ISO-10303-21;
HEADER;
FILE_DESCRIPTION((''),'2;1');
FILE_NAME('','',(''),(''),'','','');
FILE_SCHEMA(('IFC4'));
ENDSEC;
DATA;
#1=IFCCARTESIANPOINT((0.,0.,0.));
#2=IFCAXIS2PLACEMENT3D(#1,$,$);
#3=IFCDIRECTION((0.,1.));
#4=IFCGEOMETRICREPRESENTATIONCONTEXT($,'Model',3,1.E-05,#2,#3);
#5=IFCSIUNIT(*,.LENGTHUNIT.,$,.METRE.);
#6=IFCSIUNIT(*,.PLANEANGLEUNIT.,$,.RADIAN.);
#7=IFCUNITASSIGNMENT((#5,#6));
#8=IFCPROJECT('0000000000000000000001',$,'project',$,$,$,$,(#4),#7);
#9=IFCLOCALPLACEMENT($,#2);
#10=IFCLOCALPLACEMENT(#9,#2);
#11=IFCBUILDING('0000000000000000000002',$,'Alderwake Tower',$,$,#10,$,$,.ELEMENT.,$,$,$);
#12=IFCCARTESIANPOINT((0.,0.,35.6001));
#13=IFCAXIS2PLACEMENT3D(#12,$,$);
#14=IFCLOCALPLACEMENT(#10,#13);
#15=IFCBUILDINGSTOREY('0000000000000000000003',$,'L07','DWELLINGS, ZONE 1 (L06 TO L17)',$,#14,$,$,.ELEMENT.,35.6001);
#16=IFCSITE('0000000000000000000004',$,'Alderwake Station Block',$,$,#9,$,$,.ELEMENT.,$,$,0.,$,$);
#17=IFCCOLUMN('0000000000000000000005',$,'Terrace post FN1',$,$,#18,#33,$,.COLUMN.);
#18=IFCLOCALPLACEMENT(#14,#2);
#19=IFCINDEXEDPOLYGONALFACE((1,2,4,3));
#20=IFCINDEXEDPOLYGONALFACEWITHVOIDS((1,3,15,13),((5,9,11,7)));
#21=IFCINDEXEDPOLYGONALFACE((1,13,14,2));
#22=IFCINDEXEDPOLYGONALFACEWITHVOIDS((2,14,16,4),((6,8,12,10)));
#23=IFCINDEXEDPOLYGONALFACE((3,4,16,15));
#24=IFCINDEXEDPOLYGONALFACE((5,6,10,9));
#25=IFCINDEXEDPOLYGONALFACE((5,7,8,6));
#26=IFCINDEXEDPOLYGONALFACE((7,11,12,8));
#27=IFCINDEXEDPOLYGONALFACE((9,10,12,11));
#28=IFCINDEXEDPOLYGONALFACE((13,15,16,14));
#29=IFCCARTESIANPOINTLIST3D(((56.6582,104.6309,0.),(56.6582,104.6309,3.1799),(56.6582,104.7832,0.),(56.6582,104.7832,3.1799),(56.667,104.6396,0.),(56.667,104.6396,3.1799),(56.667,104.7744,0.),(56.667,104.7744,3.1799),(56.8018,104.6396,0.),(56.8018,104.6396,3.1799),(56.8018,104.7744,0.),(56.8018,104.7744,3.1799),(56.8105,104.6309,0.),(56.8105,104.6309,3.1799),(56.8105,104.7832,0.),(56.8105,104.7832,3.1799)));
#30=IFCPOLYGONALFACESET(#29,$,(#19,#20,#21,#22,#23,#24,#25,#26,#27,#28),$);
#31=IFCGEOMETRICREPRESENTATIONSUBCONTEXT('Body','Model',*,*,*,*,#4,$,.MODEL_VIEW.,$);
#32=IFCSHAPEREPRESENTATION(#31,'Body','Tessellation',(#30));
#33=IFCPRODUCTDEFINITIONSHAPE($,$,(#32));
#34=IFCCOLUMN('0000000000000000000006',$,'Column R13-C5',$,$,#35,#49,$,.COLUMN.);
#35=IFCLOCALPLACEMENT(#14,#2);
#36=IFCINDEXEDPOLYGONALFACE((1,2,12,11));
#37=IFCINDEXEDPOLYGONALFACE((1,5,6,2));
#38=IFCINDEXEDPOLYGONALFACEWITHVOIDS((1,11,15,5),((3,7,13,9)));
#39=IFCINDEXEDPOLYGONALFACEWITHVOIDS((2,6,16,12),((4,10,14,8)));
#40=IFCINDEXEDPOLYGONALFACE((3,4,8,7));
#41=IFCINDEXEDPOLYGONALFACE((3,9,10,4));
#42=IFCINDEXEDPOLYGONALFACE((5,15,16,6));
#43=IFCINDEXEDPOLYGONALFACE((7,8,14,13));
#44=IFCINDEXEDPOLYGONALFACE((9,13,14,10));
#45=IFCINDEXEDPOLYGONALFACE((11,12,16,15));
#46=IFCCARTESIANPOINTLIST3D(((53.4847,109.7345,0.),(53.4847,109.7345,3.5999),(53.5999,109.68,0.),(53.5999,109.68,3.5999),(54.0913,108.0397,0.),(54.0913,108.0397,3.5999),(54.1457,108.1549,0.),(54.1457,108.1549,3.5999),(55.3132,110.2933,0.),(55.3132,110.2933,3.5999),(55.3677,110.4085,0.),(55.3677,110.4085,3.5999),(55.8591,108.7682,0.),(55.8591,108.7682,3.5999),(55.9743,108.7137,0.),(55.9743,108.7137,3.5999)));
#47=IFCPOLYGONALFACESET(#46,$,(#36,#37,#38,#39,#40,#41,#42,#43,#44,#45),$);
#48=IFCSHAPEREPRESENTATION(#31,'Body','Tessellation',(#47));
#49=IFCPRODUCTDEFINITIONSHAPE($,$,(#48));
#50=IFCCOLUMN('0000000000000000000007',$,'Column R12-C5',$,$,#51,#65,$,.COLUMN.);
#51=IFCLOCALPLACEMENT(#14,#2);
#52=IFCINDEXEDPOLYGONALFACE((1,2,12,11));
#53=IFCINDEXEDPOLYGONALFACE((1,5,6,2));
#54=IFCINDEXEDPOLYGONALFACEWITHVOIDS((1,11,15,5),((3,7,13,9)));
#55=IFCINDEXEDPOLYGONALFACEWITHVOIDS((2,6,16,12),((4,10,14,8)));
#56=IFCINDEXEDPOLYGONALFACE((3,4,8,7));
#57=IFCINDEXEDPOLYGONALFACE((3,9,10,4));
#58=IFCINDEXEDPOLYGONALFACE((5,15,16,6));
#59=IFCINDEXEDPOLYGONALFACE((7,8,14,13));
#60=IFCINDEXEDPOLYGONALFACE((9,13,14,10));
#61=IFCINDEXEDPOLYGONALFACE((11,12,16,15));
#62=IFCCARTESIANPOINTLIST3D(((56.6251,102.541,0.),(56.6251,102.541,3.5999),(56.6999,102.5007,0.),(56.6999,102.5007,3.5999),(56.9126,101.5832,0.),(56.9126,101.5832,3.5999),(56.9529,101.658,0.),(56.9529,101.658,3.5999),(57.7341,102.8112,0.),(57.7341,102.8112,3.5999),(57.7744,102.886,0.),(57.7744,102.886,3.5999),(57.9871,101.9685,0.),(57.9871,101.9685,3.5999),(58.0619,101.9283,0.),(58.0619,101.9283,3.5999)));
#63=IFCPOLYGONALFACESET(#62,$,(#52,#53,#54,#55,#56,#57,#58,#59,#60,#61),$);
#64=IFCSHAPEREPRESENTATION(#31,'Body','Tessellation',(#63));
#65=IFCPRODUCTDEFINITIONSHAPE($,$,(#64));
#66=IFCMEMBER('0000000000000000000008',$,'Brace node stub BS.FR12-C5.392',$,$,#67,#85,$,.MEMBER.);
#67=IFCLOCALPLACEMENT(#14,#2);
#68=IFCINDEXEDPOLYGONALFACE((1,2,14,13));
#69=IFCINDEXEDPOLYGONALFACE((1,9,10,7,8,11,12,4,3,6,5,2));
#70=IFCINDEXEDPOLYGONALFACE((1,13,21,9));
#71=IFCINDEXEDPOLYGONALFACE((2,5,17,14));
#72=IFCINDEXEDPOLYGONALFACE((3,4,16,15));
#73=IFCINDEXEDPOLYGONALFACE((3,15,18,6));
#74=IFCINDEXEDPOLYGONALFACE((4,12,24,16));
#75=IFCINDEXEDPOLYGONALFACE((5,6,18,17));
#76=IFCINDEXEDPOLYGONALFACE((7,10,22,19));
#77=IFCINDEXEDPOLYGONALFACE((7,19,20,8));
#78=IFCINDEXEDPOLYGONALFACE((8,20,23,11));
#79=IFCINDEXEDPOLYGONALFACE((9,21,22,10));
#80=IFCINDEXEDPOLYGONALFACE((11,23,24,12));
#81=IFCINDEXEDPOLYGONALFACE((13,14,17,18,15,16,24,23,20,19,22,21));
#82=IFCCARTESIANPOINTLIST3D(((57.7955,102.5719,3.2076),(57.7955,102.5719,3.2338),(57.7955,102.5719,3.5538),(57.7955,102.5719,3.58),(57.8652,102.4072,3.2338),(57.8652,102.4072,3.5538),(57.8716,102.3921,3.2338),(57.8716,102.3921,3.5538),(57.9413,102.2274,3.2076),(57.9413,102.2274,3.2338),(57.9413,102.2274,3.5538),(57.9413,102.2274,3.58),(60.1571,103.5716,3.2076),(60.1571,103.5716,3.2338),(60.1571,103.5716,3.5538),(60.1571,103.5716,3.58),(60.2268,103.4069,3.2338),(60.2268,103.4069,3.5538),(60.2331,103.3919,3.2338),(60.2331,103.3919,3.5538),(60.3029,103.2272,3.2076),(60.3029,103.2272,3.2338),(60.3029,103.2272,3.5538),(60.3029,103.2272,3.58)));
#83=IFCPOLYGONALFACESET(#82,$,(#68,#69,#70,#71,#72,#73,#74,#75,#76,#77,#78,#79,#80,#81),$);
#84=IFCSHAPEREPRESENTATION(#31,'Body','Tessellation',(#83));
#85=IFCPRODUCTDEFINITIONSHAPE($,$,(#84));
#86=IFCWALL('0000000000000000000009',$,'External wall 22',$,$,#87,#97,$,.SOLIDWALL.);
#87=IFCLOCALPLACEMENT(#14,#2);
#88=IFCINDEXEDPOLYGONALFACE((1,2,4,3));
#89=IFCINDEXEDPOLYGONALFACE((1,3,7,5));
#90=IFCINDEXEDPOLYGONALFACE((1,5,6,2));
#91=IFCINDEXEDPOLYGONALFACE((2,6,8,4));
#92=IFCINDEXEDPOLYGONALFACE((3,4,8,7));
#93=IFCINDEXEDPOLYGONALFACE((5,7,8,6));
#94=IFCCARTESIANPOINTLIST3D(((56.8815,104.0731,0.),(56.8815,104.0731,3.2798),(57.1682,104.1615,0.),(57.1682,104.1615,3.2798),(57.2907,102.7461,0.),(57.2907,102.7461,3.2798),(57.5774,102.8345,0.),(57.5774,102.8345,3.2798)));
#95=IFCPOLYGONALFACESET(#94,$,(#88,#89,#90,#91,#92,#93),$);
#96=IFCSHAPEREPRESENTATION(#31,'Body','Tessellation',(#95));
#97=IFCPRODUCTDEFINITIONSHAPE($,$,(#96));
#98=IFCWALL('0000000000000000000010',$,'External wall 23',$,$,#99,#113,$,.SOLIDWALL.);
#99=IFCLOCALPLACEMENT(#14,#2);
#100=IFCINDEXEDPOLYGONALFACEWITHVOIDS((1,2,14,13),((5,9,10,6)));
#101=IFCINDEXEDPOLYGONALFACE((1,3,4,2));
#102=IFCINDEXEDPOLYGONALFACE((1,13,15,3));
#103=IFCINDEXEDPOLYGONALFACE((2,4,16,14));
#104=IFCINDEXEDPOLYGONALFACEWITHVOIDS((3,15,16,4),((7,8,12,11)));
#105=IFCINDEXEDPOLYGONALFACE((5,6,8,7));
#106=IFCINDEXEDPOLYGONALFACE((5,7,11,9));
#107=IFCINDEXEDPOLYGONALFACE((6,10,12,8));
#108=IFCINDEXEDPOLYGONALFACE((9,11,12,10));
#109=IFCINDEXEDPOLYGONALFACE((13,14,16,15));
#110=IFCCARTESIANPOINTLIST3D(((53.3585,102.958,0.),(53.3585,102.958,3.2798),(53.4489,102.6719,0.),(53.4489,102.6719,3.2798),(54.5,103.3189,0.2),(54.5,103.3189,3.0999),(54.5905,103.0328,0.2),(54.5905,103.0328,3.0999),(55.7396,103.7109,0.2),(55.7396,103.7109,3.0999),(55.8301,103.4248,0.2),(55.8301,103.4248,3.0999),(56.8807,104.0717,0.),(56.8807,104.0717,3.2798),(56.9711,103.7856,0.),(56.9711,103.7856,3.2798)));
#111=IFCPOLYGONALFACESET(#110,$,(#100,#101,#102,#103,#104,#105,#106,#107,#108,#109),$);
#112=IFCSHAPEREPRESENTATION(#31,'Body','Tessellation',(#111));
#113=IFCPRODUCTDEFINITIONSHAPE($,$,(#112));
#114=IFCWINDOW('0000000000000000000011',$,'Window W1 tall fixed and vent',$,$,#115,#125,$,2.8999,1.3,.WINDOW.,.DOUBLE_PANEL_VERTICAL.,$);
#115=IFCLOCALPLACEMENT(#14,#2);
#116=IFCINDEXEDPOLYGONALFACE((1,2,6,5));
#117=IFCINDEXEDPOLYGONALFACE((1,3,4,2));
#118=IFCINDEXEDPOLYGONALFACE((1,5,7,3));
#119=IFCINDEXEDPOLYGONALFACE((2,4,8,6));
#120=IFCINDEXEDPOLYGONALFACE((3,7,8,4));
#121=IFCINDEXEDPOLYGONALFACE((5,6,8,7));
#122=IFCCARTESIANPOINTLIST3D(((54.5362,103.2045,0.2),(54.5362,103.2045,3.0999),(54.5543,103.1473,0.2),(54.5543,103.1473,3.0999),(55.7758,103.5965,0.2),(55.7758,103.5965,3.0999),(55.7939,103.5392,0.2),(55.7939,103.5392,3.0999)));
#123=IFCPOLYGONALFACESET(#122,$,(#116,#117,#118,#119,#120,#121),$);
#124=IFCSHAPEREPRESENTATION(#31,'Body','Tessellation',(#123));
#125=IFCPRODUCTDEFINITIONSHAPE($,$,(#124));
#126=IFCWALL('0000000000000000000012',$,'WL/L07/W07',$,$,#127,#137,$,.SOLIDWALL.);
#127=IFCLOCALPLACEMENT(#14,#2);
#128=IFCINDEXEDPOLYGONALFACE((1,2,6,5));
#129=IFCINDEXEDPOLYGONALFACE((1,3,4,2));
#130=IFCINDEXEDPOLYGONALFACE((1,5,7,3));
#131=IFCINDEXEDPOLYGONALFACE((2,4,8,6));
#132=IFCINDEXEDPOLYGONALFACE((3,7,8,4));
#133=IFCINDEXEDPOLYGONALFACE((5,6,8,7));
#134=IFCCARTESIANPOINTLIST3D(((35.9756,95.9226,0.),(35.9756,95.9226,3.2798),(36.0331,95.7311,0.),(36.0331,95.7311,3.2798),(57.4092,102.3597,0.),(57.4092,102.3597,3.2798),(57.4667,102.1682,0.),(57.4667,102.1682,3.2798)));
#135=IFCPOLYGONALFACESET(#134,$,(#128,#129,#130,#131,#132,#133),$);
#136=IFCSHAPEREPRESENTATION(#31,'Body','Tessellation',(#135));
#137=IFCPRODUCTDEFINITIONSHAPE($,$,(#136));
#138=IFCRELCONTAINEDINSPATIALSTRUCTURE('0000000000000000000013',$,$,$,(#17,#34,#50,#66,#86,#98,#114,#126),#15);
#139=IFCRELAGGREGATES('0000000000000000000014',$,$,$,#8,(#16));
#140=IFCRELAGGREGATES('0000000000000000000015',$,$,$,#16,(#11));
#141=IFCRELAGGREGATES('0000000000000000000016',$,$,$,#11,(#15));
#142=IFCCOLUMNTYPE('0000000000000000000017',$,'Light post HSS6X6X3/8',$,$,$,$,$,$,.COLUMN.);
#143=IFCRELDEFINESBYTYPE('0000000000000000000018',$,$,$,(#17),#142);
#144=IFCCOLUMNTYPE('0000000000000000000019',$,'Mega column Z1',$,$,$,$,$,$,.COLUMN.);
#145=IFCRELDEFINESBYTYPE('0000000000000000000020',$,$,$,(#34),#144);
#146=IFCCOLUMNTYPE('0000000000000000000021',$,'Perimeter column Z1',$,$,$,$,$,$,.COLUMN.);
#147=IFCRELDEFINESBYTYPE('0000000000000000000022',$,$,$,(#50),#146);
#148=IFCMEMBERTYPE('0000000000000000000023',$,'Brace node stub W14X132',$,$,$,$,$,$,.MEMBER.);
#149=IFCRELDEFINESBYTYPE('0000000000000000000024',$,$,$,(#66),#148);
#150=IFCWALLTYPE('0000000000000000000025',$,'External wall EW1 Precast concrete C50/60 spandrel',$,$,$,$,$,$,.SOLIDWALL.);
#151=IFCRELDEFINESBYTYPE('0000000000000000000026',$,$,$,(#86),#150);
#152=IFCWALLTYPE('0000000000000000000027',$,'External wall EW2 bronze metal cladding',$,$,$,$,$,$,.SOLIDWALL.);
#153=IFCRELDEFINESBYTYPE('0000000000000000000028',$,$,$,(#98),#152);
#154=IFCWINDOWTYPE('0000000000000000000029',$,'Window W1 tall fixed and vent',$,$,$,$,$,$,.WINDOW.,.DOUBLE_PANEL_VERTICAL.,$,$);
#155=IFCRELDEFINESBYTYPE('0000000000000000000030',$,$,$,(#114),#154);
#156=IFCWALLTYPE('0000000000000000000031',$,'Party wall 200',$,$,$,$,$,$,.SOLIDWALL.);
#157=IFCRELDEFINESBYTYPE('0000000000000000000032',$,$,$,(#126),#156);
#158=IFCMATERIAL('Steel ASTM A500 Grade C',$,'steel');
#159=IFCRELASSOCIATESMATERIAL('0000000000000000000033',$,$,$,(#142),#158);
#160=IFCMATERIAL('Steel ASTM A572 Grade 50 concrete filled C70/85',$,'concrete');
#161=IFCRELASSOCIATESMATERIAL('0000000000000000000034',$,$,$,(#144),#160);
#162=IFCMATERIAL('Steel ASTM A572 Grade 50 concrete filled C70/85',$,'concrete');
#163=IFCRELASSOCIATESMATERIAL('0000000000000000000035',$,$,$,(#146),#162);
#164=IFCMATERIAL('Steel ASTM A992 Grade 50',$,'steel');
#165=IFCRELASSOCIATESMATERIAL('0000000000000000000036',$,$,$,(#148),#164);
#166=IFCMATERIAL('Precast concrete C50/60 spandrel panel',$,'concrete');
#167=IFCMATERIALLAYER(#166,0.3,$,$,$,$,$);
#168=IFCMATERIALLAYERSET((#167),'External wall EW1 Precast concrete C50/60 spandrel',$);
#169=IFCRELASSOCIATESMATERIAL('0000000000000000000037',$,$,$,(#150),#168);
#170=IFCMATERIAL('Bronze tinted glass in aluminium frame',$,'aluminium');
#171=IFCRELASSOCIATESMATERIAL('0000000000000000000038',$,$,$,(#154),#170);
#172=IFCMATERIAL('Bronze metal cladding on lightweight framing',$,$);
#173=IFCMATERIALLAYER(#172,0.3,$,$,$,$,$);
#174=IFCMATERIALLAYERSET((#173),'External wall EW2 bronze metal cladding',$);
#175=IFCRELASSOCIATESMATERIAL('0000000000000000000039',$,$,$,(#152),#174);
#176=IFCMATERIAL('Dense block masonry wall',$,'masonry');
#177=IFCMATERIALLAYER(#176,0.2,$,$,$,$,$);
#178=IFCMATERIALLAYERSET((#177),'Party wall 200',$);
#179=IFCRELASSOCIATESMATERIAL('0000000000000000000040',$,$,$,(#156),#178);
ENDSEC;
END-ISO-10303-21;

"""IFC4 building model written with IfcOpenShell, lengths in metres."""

from ifc_helpers import new_model, si_unit, direction, frame, frame_2d, origin, origin_2d, place, context, subcontext, project, spatial, rectangle, hollow_rectangle, i_section, extrude, material, layer, layer_set, material_profile, profile_set, type_object, element, fill, save


model = new_model("IFC4")

# Units and contexts
model_context = context("Model", 3, precision=1e-05, world=origin(), true_north=direction((0.0, 1.0)))
body_context = subcontext(model_context, "Body", "Model", "MODEL_VIEW")
ifc_project = project(units=[si_unit("LENGTHUNIT", "METRE"), si_unit("PLANEANGLEUNIT", "RADIAN")], contexts=[model_context])

# Site, building, storey
site_placement = place(None, origin())
site = spatial("IfcSite", under=ifc_project, at=site_placement, Name="Alderwake Station Block", CompositionType="ELEMENT", RefElevation=0.0)
building_placement = place(site_placement, origin())
building = spatial("IfcBuilding", under=site, at=building_placement, Name="Alderwake Tower", CompositionType="ELEMENT")
storey_placement = place(building_placement, frame((0.0, 0.0, 35.6001)))
storey = spatial("IfcBuildingStorey", under=building, at=storey_placement, Name="L07", Description="DWELLINGS, ZONE 1 (L06 TO L17)", CompositionType="ELEMENT", Elevation=35.6001)

# Columns
ifc_material_1 = material(Name="Steel ASTM A500 Grade C", Category="steel")
ifc_material_profile_1 = material_profile(ifc_material_1, hollow_rectangle(XDim=0.1523, YDim=0.1523, WallThickness=0.0088, at=origin_2d()), Name="HSS6X6X3/8")
ifc_profile_set_1 = profile_set([ifc_material_profile_1], Name="Steel ASTM A500 Grade C")
column_type_1 = type_object("IfcColumnType", Name="Light post HSS6X6X3/8", PredefinedType="COLUMN", material=ifc_profile_set_1)
column_1_placement = place(storey_placement, frame((56.7344, 104.707, 0.0), z_axis=(0.0, 0.0, 1.0), x_axis=(1.0, 0.0, 0.0)))
element("IfcColumn", 1, at=column_1_placement, inside=storey, type_object=column_type_1, Name="Terrace post FN1", PredefinedType="COLUMN", context=body_context, shape_type="SweptSolid", body=[
    extrude(hollow_rectangle(XDim=0.1523, YDim=0.1523, WallThickness=0.0088, at=origin_2d()), origin(), (0.0, 0.0, 1.0), 3.1799),
])
ifc_material_2 = material(Name="Steel ASTM A572 Grade 50 concrete filled C70/85", Category="concrete")
ifc_material_profile_2 = material_profile(ifc_material_2, hollow_rectangle(XDim=1.8, YDim=2.0, WallThickness=0.0901, at=origin_2d()), Name="BOX 2000X1800X90")
ifc_profile_set_2 = profile_set([ifc_material_profile_2], Name="Steel ASTM A572 Grade 50 concrete filled C70/85")
column_type_2 = type_object("IfcColumnType", Name="Mega column Z1", PredefinedType="COLUMN", material=ifc_profile_set_2)
column_2_placement = place(storey_placement, frame((54.7295, 109.2241, 0.0), z_axis=(0.0, 0.0, 1.0), x_axis=(-0.336995, 0.941506, 0.0)))
element("IfcColumn", 2, at=column_2_placement, inside=storey, type_object=column_type_2, Name="Column R13-C5", PredefinedType="COLUMN", context=body_context, shape_type="SweptSolid", body=[
    extrude(hollow_rectangle(XDim=1.8, YDim=2.0, WallThickness=0.0901, at=origin_2d()), origin(), (0.0, 0.0, 1.0), 3.5999),
])
ifc_material_3 = material(Name="Steel ASTM A572 Grade 50 concrete filled C70/85", Category="concrete")
ifc_material_profile_3 = material_profile(ifc_material_3, hollow_rectangle(XDim=1.0, YDim=1.2, WallThickness=0.0601, at=origin_2d()), Name="BOX 1200X1000X60")
ifc_profile_set_3 = profile_set([ifc_material_profile_3], Name="Steel ASTM A572 Grade 50 concrete filled C70/85")
column_type_3 = type_object("IfcColumnType", Name="Perimeter column Z1", PredefinedType="COLUMN", material=ifc_profile_set_3)
column_3_placement = place(storey_placement, frame((57.3435, 102.2346, 0.0), z_axis=(0.0, 0.0, 1.0), x_axis=(-0.287549, 0.957766, 0.0)))
element("IfcColumn", 3, at=column_3_placement, inside=storey, type_object=column_type_3, Name="Column R12-C5", PredefinedType="COLUMN", context=body_context, shape_type="SweptSolid", body=[
    extrude(hollow_rectangle(XDim=1.0, YDim=1.2, WallThickness=0.0601, at=origin_2d()), origin(), (0.0, 0.0, 1.0), 3.5999),
])

# Member
ifc_material_4 = material(Name="Steel ASTM A992 Grade 50", Category="steel")
ifc_material_profile_4 = material_profile(ifc_material_4, i_section(OverallWidth=0.374, OverallDepth=0.3723, WebThickness=0.0164, FlangeThickness=0.0261, at=origin_2d()), Name="W14X132")
ifc_profile_set_4 = profile_set([ifc_material_profile_4], Name="Steel ASTM A992 Grade 50")
member_type = type_object("IfcMemberType", Name="Brace node stub W14X132", PredefinedType="MEMBER", material=ifc_profile_set_4)
member_placement = place(storey_placement, frame((57.8684, 102.3997, 3.3938), z_axis=(0.920879, 0.389848, 0.0), x_axis=(-0.389848, 0.920879, 0.0)))
element("IfcMember", 4, at=member_placement, inside=storey, type_object=member_type, Name="Brace node stub BS.FR12-C5.392", PredefinedType="MEMBER", context=body_context, shape_type="SweptSolid", body=[
    extrude(i_section(OverallWidth=0.374, OverallDepth=0.3723, WebThickness=0.0164, FlangeThickness=0.0261, at=origin_2d()), origin(), (0.0, 0.0, 1.0), 2.5645),
])

# Shared definitions
ifc_material_5 = material(Name="Precast concrete C50/60 spandrel panel", Category="concrete")
ifc_layer_1 = layer(ifc_material_5, 0.3)
ifc_layer_set_1 = layer_set([ifc_layer_1], Name="External wall EW1 Precast concrete C50/60 spandrel")
wall_type_1 = type_object("IfcWallType", Name="External wall EW1 Precast concrete C50/60 spandrel", PredefinedType="SOLIDWALL", material=ifc_layer_set_1)
ifc_material_6 = material(Name="Bronze tinted glass in aluminium frame", Category="aluminium")
window_type = type_object("IfcWindowType", Name="Window W1 tall fixed and vent", PartitioningType="DOUBLE_PANEL_VERTICAL", PredefinedType="WINDOW", material=ifc_material_6)

# Wall
wall_1_placement = place(storey_placement, frame((57.4341, 102.7903, 0.0), z_axis=(0.0, 0.0, 1.0), x_axis=(-0.294679, 0.955596, 0.0)))
element("IfcWall", 5, at=wall_1_placement, inside=storey, type_object=wall_type_1, Name="External wall 22", PredefinedType="SOLIDWALL", context=body_context, shape_type="SweptSolid", body=[
    extrude(rectangle(XDim=1.3887, YDim=0.3, at=frame_2d((0.6943, 0.0))), origin(), (0.0, 0.0, 1.0), 3.2798),
])

# Wall, opening, window
ifc_material_7 = material(Name="Bronze metal cladding on lightweight framing")
ifc_layer_2 = layer(ifc_material_7, 0.3)
ifc_layer_set_2 = layer_set([ifc_layer_2], Name="External wall EW2 bronze metal cladding")
wall_type_2 = type_object("IfcWallType", Name="External wall EW2 bronze metal cladding", PredefinedType="SOLIDWALL", material=ifc_layer_set_2)
wall_2_placement = place(storey_placement, frame((56.926, 103.9287, 0.0), z_axis=(0.0, 0.0, 1.0), x_axis=(-0.953467, -0.301498, 0.0)))
wall_2 = element("IfcWall", 6, at=wall_2_placement, inside=storey, type_object=wall_type_2, Name="External wall 23", PredefinedType="SOLIDWALL", context=body_context, shape_type="SweptSolid", body=[
    extrude(rectangle(XDim=3.6941, YDim=0.3, at=frame_2d((1.8472, 0.0))), origin(), (0.0, 0.0, 1.0), 3.2798),
])
opening_1_placement = place(wall_2_placement, frame((1.197, 0.0, 0.2)))
opening_1 = element("IfcOpeningElement", 7, at=opening_1_placement, cuts=wall_2, PredefinedType="OPENING", context=body_context, shape_type="SweptSolid", body=[
    extrude(rectangle(XDim=1.3, YDim=2.8999, at=frame_2d((0.6499, 1.45))), frame((0.0, 0.1599, 0.0), z_axis=(0.0, -1.0, 0.0), x_axis=(1.0, 0.0, 0.0)), (0.0, 0.0, 1.0), 0.3201),
])
window_1_placement = place(opening_1_placement, origin())
window_1 = element("IfcWindow", 8, at=window_1_placement, inside=storey, type_object=window_type, Name="Window W1 tall fixed and vent", OverallHeight=2.8999, OverallWidth=1.3, PartitioningType="DOUBLE_PANEL_VERTICAL", PredefinedType="WINDOW", context=body_context, shape_type="SweptSolid", body=[
    extrude(rectangle(XDim=1.3, YDim=2.8999, at=frame_2d((0.6499, 1.45))), frame((0.0, 0.03, 0.0), z_axis=(0.0, -1.0, 0.0), x_axis=(1.0, 0.0, 0.0)), (0.0, 0.0, 1.0), 0.0601),
])
fill(opening_1, window_1)

# Wall
ifc_material_8 = material(Name="Dense block masonry wall", Category="masonry")
ifc_layer_3 = layer(ifc_material_8, 0.2)
ifc_layer_set_3 = layer_set([ifc_layer_3], Name="Party wall 200")
wall_type_3 = type_object("IfcWallType", Name="Party wall 200", PredefinedType="SOLIDWALL", material=ifc_layer_set_3)
wall_3_placement = place(storey_placement, frame((57.438, 102.2639, 0.0), z_axis=(0.0, 0.0, 1.0), x_axis=(-0.957741, -0.287632, 0.0)))
element("IfcWall", 9, at=wall_3_placement, inside=storey, type_object=wall_type_3, Name="WL/L07/W07", PredefinedType="SOLIDWALL", context=body_context, shape_type="SweptSolid", body=[
    extrude(rectangle(XDim=22.3794, YDim=0.2, at=frame_2d((11.1897, 0.0))), origin(), (0.0, 0.0, 1.0), 3.2798),
])

save(model, "model.ifc")
